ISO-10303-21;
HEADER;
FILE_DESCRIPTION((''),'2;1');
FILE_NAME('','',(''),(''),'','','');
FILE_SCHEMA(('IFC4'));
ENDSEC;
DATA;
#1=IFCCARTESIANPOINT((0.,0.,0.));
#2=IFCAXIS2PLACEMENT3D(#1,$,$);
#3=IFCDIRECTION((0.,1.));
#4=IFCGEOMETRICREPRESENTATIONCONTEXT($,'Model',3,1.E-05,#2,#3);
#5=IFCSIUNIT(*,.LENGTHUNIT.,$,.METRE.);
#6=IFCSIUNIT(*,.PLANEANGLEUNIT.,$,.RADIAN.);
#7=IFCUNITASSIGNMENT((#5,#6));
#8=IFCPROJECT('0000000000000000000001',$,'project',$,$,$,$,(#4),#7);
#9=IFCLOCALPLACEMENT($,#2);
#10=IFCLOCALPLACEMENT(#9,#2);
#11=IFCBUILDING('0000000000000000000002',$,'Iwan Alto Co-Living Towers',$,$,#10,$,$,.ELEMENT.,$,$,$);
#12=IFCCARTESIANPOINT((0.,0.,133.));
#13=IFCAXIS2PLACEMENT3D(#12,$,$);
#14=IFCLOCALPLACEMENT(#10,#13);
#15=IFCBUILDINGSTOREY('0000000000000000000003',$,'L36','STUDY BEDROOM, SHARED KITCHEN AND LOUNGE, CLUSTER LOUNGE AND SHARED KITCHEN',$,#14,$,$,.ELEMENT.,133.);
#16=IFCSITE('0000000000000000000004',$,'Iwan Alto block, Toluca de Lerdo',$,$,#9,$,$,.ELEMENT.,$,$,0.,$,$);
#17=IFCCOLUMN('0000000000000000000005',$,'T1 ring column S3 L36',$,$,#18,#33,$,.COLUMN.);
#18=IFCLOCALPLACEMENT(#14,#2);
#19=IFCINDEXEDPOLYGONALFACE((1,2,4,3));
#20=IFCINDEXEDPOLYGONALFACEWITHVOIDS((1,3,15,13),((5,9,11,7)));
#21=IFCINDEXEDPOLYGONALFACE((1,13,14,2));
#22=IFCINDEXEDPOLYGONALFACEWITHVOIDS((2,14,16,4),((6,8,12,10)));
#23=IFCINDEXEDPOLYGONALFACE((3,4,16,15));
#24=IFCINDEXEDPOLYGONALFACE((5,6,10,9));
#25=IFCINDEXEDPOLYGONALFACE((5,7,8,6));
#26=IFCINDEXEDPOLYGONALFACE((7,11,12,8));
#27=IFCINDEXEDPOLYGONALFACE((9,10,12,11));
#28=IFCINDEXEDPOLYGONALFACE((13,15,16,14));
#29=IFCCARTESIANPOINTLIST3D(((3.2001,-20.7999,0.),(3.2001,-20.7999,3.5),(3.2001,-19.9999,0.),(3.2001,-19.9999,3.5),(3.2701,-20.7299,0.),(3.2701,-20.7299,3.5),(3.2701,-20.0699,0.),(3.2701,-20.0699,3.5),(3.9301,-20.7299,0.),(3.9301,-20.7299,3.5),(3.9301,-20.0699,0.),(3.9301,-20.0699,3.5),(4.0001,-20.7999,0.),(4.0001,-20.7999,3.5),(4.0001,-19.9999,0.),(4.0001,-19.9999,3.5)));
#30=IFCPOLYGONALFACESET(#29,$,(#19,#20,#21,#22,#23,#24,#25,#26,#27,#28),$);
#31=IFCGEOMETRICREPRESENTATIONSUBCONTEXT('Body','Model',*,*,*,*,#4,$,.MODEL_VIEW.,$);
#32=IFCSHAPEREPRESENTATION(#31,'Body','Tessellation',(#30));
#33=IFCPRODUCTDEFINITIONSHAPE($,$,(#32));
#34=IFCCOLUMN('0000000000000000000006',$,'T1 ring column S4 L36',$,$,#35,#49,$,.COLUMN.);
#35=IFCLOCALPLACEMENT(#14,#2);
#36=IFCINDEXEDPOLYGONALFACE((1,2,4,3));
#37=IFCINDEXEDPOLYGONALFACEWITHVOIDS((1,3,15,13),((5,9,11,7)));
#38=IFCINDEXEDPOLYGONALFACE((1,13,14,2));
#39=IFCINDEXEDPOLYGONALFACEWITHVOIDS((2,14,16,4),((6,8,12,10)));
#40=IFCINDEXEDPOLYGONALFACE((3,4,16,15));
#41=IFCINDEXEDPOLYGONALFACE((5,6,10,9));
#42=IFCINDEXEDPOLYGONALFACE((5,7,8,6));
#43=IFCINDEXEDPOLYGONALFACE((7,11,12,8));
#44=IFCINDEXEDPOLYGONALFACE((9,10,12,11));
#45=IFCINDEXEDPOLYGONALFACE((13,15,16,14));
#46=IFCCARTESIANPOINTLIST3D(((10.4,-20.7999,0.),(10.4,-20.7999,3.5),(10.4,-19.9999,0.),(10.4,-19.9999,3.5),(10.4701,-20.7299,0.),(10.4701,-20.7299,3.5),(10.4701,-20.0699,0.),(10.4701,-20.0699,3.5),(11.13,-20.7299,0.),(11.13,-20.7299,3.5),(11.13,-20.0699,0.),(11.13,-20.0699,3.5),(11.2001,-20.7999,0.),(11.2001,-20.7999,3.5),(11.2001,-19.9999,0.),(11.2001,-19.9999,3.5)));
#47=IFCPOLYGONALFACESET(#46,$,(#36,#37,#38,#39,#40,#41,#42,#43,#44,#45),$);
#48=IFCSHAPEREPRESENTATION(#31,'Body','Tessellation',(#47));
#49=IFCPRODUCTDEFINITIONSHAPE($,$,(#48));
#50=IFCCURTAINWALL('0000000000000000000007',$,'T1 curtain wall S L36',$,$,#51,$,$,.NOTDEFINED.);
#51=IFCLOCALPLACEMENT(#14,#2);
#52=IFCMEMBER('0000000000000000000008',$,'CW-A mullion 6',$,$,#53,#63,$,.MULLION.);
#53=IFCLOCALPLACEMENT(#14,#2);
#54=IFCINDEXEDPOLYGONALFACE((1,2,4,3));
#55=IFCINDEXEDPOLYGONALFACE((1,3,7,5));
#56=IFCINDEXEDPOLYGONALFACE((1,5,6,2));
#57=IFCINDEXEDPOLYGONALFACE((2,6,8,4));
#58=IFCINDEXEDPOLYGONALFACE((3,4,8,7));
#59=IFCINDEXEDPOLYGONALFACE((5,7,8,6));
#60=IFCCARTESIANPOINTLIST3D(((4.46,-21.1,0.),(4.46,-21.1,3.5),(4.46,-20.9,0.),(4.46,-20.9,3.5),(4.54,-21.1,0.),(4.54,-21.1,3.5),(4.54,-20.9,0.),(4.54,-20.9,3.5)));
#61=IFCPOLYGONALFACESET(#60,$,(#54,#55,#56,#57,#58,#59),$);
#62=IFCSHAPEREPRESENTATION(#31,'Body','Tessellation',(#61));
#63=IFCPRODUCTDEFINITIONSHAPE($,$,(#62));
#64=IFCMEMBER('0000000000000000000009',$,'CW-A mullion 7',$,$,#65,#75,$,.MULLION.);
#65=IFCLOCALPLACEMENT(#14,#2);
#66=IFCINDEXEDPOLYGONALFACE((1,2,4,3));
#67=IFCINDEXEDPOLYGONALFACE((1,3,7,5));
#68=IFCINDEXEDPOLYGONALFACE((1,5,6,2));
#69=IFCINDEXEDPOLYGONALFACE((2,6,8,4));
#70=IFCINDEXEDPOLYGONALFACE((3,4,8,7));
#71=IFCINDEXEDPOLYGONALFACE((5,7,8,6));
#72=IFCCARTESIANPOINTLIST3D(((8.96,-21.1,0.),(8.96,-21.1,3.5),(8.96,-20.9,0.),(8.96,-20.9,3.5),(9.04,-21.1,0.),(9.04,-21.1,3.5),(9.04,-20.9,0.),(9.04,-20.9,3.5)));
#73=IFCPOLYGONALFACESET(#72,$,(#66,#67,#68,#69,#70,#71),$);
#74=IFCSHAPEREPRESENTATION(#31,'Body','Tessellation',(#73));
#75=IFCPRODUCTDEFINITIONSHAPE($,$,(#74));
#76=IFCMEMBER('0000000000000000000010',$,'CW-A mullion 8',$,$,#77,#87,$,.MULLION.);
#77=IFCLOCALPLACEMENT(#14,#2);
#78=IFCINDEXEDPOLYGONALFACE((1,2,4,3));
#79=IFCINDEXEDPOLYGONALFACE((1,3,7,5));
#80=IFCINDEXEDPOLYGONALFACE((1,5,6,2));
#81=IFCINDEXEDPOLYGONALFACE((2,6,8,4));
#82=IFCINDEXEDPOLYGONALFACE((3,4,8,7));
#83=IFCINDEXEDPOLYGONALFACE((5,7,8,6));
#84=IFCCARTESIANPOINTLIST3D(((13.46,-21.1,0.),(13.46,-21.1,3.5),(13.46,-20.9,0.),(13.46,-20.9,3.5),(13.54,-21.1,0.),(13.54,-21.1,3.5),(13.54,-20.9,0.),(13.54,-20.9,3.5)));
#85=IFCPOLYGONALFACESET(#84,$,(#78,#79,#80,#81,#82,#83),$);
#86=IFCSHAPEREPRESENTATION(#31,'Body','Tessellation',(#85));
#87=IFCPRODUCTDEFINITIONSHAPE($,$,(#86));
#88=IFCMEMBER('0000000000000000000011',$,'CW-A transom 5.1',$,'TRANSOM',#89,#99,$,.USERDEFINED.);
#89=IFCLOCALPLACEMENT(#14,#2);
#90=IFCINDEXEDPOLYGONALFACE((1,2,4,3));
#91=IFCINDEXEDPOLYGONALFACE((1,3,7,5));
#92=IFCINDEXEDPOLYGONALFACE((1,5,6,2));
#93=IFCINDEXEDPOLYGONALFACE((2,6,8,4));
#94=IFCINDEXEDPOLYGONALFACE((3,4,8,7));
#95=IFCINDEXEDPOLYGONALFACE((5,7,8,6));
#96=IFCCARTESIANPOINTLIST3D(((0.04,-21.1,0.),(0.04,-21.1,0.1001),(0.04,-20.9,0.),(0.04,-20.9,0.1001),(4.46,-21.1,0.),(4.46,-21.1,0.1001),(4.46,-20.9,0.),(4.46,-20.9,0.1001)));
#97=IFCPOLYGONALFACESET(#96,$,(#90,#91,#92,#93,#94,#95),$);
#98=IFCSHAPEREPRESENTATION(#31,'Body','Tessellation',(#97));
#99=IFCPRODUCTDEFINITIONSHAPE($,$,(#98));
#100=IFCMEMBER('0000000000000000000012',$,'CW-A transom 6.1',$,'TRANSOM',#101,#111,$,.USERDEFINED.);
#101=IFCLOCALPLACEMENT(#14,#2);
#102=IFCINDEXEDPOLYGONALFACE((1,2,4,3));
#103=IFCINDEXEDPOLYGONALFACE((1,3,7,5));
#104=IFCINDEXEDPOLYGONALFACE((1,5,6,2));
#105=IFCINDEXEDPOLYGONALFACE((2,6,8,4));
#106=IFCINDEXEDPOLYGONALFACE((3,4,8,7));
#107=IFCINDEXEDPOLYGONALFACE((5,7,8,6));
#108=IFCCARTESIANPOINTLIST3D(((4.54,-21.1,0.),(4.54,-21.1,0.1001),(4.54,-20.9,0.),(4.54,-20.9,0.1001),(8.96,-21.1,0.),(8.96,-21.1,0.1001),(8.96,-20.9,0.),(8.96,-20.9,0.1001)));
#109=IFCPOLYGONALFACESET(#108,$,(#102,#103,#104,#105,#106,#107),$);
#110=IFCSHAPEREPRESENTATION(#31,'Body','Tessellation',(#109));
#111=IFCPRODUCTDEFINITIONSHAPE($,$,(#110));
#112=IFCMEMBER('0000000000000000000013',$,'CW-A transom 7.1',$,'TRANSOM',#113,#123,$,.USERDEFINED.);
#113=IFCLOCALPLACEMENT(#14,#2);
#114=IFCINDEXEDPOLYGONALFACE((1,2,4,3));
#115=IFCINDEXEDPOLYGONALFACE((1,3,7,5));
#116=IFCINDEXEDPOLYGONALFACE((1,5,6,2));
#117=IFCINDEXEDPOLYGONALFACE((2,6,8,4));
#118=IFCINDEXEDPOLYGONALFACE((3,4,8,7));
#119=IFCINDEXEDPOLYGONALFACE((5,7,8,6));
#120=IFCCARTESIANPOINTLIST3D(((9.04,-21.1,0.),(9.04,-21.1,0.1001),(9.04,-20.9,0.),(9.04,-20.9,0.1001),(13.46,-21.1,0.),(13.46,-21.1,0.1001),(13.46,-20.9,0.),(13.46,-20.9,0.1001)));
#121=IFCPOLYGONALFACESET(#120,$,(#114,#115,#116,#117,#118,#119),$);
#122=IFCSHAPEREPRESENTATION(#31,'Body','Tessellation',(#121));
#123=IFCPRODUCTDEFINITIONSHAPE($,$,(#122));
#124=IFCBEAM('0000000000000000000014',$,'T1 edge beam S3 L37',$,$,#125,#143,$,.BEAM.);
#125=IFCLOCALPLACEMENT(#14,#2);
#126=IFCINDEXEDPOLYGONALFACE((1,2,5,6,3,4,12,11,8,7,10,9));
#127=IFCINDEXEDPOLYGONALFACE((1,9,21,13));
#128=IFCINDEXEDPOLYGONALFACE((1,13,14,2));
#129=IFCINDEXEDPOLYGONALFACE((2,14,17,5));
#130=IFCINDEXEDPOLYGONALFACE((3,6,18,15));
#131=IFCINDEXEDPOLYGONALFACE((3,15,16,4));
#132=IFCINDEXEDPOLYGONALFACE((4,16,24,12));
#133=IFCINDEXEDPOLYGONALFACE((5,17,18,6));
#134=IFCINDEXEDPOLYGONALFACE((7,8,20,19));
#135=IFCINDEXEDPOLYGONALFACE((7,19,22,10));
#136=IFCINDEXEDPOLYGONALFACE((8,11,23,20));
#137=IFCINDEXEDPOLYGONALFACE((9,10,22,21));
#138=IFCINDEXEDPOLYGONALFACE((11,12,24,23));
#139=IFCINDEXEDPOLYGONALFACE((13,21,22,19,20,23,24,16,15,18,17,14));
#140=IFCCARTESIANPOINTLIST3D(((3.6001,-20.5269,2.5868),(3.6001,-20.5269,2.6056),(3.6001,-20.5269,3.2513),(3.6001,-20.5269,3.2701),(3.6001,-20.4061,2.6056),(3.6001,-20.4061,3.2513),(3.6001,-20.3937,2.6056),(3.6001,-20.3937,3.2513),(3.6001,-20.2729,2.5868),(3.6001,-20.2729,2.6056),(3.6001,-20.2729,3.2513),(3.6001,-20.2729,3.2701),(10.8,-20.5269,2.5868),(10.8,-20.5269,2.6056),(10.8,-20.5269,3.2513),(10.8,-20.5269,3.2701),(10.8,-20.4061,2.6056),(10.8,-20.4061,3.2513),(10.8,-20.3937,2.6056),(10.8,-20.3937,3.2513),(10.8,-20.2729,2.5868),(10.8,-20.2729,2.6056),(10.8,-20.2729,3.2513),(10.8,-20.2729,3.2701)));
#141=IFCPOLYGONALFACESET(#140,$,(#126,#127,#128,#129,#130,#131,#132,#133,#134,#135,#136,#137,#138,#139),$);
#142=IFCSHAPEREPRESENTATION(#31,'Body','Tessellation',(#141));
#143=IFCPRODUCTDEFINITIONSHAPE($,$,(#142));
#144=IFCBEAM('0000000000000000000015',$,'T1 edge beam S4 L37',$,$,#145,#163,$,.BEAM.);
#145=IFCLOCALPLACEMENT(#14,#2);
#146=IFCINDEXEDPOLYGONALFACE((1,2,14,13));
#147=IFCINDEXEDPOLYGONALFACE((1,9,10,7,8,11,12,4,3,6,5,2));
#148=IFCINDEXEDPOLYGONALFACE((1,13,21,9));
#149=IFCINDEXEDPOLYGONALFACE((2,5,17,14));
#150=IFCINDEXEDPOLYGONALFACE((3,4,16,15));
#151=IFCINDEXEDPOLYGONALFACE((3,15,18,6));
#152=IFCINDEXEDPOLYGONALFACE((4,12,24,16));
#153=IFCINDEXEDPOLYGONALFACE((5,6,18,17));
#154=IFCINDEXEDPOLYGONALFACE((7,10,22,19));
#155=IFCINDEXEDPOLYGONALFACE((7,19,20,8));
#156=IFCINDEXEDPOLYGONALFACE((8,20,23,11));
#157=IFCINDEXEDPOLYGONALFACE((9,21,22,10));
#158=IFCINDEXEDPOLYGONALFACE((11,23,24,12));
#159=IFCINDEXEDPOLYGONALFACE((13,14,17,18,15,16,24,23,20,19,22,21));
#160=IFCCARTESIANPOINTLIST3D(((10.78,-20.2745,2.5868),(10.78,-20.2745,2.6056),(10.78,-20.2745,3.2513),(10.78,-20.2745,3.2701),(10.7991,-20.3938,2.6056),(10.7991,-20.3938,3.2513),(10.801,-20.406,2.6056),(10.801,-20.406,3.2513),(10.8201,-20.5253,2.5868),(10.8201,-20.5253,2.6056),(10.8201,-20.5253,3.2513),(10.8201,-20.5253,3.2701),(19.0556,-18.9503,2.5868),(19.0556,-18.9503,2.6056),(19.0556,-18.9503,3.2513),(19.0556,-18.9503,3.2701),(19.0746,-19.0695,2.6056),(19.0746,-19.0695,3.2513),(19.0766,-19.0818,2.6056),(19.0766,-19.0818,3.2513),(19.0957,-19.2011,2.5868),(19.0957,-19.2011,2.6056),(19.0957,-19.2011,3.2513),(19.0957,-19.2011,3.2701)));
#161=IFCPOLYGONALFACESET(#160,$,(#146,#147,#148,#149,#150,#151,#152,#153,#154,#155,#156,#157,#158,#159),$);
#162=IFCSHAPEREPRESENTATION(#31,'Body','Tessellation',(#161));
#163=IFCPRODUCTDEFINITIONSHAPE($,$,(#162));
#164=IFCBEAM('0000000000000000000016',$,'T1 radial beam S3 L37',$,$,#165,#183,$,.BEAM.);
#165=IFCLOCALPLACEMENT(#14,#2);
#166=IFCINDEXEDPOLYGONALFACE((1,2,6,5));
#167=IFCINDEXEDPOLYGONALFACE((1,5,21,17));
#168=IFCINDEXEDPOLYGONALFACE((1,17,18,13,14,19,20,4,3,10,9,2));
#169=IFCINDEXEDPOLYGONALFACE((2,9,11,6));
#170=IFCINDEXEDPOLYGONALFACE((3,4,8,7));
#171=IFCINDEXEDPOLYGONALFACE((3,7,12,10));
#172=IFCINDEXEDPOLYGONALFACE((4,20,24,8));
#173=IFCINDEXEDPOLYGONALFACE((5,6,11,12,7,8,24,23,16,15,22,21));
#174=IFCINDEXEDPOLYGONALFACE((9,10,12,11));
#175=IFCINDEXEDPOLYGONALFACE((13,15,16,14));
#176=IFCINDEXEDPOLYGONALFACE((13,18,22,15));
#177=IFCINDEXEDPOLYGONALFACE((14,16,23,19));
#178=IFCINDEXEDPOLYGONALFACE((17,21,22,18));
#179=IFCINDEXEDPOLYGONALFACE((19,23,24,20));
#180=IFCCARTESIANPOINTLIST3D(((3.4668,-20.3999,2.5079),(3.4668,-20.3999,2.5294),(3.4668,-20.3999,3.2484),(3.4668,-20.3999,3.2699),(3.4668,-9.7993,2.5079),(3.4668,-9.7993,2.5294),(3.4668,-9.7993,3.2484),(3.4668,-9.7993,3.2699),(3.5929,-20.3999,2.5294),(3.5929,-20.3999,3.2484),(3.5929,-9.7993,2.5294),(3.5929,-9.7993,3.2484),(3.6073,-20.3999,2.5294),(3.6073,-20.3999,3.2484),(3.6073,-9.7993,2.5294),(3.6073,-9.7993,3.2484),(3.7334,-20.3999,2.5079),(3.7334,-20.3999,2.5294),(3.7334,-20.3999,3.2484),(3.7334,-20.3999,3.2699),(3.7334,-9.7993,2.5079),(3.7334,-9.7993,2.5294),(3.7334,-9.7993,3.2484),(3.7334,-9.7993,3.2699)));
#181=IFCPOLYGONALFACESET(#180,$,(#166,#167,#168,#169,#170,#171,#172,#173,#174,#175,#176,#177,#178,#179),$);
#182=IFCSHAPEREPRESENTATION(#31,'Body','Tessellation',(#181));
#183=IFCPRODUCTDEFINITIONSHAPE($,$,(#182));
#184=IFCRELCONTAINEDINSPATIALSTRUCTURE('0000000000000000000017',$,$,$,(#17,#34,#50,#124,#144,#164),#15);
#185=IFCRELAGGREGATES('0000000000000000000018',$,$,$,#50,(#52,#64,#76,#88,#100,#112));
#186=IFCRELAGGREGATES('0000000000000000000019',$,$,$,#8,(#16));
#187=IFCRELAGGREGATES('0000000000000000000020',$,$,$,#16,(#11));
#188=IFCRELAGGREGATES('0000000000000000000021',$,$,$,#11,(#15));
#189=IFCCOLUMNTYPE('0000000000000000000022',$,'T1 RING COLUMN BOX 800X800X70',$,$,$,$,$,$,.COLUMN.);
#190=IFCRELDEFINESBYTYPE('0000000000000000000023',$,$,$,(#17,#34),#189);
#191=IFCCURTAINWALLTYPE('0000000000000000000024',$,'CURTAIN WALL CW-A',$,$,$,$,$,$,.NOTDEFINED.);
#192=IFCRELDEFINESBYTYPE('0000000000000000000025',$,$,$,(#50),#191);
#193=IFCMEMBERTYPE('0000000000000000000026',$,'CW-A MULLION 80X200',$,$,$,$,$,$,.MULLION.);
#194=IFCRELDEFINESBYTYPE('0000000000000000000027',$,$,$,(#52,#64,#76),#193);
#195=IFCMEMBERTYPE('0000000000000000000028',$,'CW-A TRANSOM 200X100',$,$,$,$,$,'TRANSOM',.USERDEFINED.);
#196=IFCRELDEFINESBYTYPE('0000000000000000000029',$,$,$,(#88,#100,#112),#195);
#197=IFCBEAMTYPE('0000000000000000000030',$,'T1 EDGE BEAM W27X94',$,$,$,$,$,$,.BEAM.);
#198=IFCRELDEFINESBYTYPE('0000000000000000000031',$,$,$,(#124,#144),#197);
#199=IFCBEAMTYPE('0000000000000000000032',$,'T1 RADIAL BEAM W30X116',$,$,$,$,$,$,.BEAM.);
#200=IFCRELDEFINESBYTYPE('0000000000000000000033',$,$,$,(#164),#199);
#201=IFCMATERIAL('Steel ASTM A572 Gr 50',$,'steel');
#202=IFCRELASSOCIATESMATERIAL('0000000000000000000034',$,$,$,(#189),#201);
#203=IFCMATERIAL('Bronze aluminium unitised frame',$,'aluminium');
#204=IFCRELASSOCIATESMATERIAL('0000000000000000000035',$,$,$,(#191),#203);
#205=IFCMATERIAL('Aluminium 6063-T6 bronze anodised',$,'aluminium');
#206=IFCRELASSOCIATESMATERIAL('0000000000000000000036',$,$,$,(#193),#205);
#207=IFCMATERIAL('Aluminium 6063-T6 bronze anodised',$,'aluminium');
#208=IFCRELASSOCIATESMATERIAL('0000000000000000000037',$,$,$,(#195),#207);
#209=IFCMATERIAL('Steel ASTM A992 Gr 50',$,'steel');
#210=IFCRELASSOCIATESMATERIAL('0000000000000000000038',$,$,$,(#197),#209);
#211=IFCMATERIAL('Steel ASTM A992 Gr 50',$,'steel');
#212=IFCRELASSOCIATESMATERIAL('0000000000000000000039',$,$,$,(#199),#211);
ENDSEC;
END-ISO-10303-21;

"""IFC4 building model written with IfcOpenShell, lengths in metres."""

from ifc_helpers import new_model, si_unit, direction, frame, origin, origin_2d, place, context, subcontext, project, spatial, rectangle, hollow_rectangle, i_section, extrude, material, material_profile, profile_set, type_object, element, aggregate, save


model = new_model("IFC4")

# Units and contexts
model_context = context("Model", 3, precision=1e-05, world=origin(), true_north=direction((0.0, 1.0)))
body_context = subcontext(model_context, "Body", "Model", "MODEL_VIEW")
ifc_project = project(units=[si_unit("LENGTHUNIT", "METRE"), si_unit("PLANEANGLEUNIT", "RADIAN")], contexts=[model_context])

# Site, building, storey
site_placement = place(None, origin())
site = spatial("IfcSite", under=ifc_project, at=site_placement, Name="Iwan Alto block, Toluca de Lerdo", CompositionType="ELEMENT", RefElevation=0.0)
building_placement = place(site_placement, origin())
building = spatial("IfcBuilding", under=site, at=building_placement, Name="Iwan Alto Co-Living Towers", CompositionType="ELEMENT")
storey_placement = place(building_placement, frame((0.0, 0.0, 133.0)))
storey = spatial("IfcBuildingStorey", under=building, at=storey_placement, Name="L36", Description="STUDY BEDROOM, SHARED KITCHEN AND LOUNGE, CLUSTER LOUNGE AND SHARED KITCHEN", CompositionType="ELEMENT", Elevation=133.0)

# Columns
ifc_material_1 = material(Name="Steel ASTM A572 Gr 50", Category="steel")
ifc_material_profile_1 = material_profile(ifc_material_1, hollow_rectangle(XDim=0.8, YDim=0.8, WallThickness=0.0701, at=origin_2d()), Name="BOX 800X800X70")
ifc_profile_set_1 = profile_set([ifc_material_profile_1], Name="Steel ASTM A572 Gr 50")
column_type = type_object("IfcColumnType", Name="T1 RING COLUMN BOX 800X800X70", PredefinedType="COLUMN", material=ifc_profile_set_1)
for number, where, z_axis, x_axis, name in (
    (1, (3.6001, -20.3999, 0.0), (0.0, 0.0, 1.0), (1.0, 0.0, 0.0), "T1 ring column S3 L36"),
    (2, (10.8, -20.3999, 0.0), (0.0, 0.0, 1.0), (1.0, 0.0, 0.0), "T1 ring column S4 L36"),
):
    element("IfcColumn", number, at=place(storey_placement, frame(where, z_axis=z_axis, x_axis=x_axis)), inside=storey, type_object=column_type, Name=name, PredefinedType="COLUMN", context=body_context, shape_type="SweptSolid", body=[
        extrude(hollow_rectangle(XDim=0.8, YDim=0.8, WallThickness=0.0701, at=origin_2d()), origin(), (0.0, 0.0, 1.0), 3.5),
    ])

# Curtain wall, members
ifc_material_2 = material(Name="Bronze aluminium unitised frame", Category="aluminium")
curtain_wall_type = type_object("IfcCurtainWallType", Name="CURTAIN WALL CW-A", PredefinedType="NOTDEFINED", material=ifc_material_2)
curtain_wall_placement = place(storey_placement, origin())
curtain_wall = element("IfcCurtainWall", 3, at=curtain_wall_placement, inside=storey, type_object=curtain_wall_type, Name="T1 curtain wall S L36", PredefinedType="NOTDEFINED")
ifc_material_3 = material(Name="Aluminium 6063-T6 bronze anodised", Category="aluminium")
ifc_material_profile_2 = material_profile(ifc_material_3, rectangle(XDim=0.2, YDim=0.0801, at=origin_2d()), Name="AL 80X200")
ifc_profile_set_2 = profile_set([ifc_material_profile_2], Name="Aluminium 6063-T6 bronze anodised")
member_type_1 = type_object("IfcMemberType", Name="CW-A MULLION 80X200", PredefinedType="MULLION", material=ifc_profile_set_2)
member_1_placement = place(storey_placement, frame((4.5, -21.0, 0.0), z_axis=(0.0, 0.0, 1.0), x_axis=(0.0, 1.0, 0.0)))
member_1 = element("IfcMember", 4, at=member_1_placement, type_object=member_type_1, Name="CW-A mullion 6", PredefinedType="MULLION", context=body_context, shape_type="SweptSolid", body=[
    extrude(rectangle(XDim=0.2, YDim=0.0801, at=origin_2d()), origin(), (0.0, 0.0, 1.0), 3.5),
])
member_2_placement = place(storey_placement, frame((9.0, -21.0, 0.0), z_axis=(0.0, 0.0, 1.0), x_axis=(0.0, 1.0, 0.0)))
member_2 = element("IfcMember", 5, at=member_2_placement, type_object=member_type_1, Name="CW-A mullion 7", PredefinedType="MULLION", context=body_context, shape_type="SweptSolid", body=[
    extrude(rectangle(XDim=0.2, YDim=0.0801, at=origin_2d()), origin(), (0.0, 0.0, 1.0), 3.5),
])
member_3_placement = place(storey_placement, frame((13.5, -21.0, 0.0), z_axis=(0.0, 0.0, 1.0), x_axis=(0.0, 1.0, 0.0)))
member_3 = element("IfcMember", 6, at=member_3_placement, type_object=member_type_1, Name="CW-A mullion 8", PredefinedType="MULLION", context=body_context, shape_type="SweptSolid", body=[
    extrude(rectangle(XDim=0.2, YDim=0.0801, at=origin_2d()), origin(), (0.0, 0.0, 1.0), 3.5),
])
ifc_material_4 = material(Name="Aluminium 6063-T6 bronze anodised", Category="aluminium")
ifc_material_profile_3 = material_profile(ifc_material_4, rectangle(XDim=0.2, YDim=0.1001, at=origin_2d()), Name="AL 200X100")
ifc_profile_set_3 = profile_set([ifc_material_profile_3], Name="Aluminium 6063-T6 bronze anodised")
member_type_2 = type_object("IfcMemberType", Name="CW-A TRANSOM 200X100", ElementType="TRANSOM", PredefinedType="USERDEFINED", material=ifc_profile_set_3)
member_4_placement = place(storey_placement, frame((0.04, -21.0, 0.05), z_axis=(1.0, 0.0, 0.0), x_axis=(0.0, 1.0, 0.0)))
member_4 = element("IfcMember", 7, at=member_4_placement, type_object=member_type_2, Name="CW-A transom 5.1", ObjectType="TRANSOM", PredefinedType="USERDEFINED", context=body_context, shape_type="SweptSolid", body=[
    extrude(rectangle(XDim=0.2, YDim=0.1001, at=origin_2d()), origin(), (0.0, 0.0, 1.0), 4.4199),
])
member_5_placement = place(storey_placement, frame((4.54, -21.0, 0.05), z_axis=(1.0, 0.0, 0.0), x_axis=(0.0, 1.0, 0.0)))
member_5 = element("IfcMember", 8, at=member_5_placement, type_object=member_type_2, Name="CW-A transom 6.1", ObjectType="TRANSOM", PredefinedType="USERDEFINED", context=body_context, shape_type="SweptSolid", body=[
    extrude(rectangle(XDim=0.2, YDim=0.1001, at=origin_2d()), origin(), (0.0, 0.0, 1.0), 4.4199),
])
member_6_placement = place(storey_placement, frame((9.04, -21.0, 0.05), z_axis=(1.0, 0.0, 0.0), x_axis=(0.0, 1.0, 0.0)))
member_6 = element("IfcMember", 9, at=member_6_placement, type_object=member_type_2, Name="CW-A transom 7.1", ObjectType="TRANSOM", PredefinedType="USERDEFINED", context=body_context, shape_type="SweptSolid", body=[
    extrude(rectangle(XDim=0.2, YDim=0.1001, at=origin_2d()), origin(), (0.0, 0.0, 1.0), 4.4199),
])

# Beams
ifc_material_5 = material(Name="Steel ASTM A992 Gr 50", Category="steel")
ifc_material_profile_4 = material_profile(ifc_material_5, i_section(OverallWidth=0.2539, OverallDepth=0.6833, WebThickness=0.0125, FlangeThickness=0.0188, at=origin_2d()), Name="W27X94")
ifc_profile_set_4 = profile_set([ifc_material_profile_4], Name="Steel ASTM A992 Gr 50")
beam_type_1 = type_object("IfcBeamType", Name="T1 EDGE BEAM W27X94", PredefinedType="BEAM", material=ifc_profile_set_4)
beam_1_placement = place(storey_placement, frame((3.6001, -20.3999, 2.9285), z_axis=(1.0, 0.0, 0.0), x_axis=(0.0, 1.0, 0.0)))
element("IfcBeam", 10, at=beam_1_placement, inside=storey, type_object=beam_type_1, Name="T1 edge beam S3 L37", PredefinedType="BEAM", context=body_context, shape_type="SweptSolid", body=[
    extrude(i_section(OverallWidth=0.2539, OverallDepth=0.6833, WebThickness=0.0125, FlangeThickness=0.0188, at=origin_2d()), origin(), (0.0, 0.0, 1.0), 7.2),
])
beam_2_placement = place(storey_placement, frame((10.8, -20.3999, 2.9285), z_axis=(0.987438, 0.158004, 0.0), x_axis=(-0.158004, 0.987438, 0.0)))
element("IfcBeam", 11, at=beam_2_placement, inside=storey, type_object=beam_type_1, Name="T1 edge beam S4 L37", PredefinedType="BEAM", context=body_context, shape_type="SweptSolid", body=[
    extrude(i_section(OverallWidth=0.2539, OverallDepth=0.6833, WebThickness=0.0125, FlangeThickness=0.0188, at=origin_2d()), origin(), (0.0, 0.0, 1.0), 8.3809),
])
ifc_material_6 = material(Name="Steel ASTM A992 Gr 50", Category="steel")
ifc_material_profile_5 = material_profile(ifc_material_6, i_section(OverallWidth=0.2666, OverallDepth=0.762, WebThickness=0.0144, FlangeThickness=0.0215, at=origin_2d()), Name="W30X116")
ifc_profile_set_5 = profile_set([ifc_material_profile_5], Name="Steel ASTM A992 Gr 50")
beam_type_2 = type_object("IfcBeamType", Name="T1 RADIAL BEAM W30X116", PredefinedType="BEAM", material=ifc_profile_set_5)
beam_3_placement = place(storey_placement, frame((3.6001, -20.3999, 2.8889), z_axis=(0.0, 1.0, 0.0), x_axis=(-1.0, 0.0, 0.0)))
element("IfcBeam", 12, at=beam_3_placement, inside=storey, type_object=beam_type_2, Name="T1 radial beam S3 L37", PredefinedType="BEAM", context=body_context, shape_type="SweptSolid", body=[
    extrude(i_section(OverallWidth=0.2666, OverallDepth=0.762, WebThickness=0.0144, FlangeThickness=0.0215, at=origin_2d()), origin(), (0.0, 0.0, 1.0), 10.6006),
])

aggregate(curtain_wall, [member_1, member_2, member_3, member_4, member_5, member_6])

save(model, "model.ifc")
